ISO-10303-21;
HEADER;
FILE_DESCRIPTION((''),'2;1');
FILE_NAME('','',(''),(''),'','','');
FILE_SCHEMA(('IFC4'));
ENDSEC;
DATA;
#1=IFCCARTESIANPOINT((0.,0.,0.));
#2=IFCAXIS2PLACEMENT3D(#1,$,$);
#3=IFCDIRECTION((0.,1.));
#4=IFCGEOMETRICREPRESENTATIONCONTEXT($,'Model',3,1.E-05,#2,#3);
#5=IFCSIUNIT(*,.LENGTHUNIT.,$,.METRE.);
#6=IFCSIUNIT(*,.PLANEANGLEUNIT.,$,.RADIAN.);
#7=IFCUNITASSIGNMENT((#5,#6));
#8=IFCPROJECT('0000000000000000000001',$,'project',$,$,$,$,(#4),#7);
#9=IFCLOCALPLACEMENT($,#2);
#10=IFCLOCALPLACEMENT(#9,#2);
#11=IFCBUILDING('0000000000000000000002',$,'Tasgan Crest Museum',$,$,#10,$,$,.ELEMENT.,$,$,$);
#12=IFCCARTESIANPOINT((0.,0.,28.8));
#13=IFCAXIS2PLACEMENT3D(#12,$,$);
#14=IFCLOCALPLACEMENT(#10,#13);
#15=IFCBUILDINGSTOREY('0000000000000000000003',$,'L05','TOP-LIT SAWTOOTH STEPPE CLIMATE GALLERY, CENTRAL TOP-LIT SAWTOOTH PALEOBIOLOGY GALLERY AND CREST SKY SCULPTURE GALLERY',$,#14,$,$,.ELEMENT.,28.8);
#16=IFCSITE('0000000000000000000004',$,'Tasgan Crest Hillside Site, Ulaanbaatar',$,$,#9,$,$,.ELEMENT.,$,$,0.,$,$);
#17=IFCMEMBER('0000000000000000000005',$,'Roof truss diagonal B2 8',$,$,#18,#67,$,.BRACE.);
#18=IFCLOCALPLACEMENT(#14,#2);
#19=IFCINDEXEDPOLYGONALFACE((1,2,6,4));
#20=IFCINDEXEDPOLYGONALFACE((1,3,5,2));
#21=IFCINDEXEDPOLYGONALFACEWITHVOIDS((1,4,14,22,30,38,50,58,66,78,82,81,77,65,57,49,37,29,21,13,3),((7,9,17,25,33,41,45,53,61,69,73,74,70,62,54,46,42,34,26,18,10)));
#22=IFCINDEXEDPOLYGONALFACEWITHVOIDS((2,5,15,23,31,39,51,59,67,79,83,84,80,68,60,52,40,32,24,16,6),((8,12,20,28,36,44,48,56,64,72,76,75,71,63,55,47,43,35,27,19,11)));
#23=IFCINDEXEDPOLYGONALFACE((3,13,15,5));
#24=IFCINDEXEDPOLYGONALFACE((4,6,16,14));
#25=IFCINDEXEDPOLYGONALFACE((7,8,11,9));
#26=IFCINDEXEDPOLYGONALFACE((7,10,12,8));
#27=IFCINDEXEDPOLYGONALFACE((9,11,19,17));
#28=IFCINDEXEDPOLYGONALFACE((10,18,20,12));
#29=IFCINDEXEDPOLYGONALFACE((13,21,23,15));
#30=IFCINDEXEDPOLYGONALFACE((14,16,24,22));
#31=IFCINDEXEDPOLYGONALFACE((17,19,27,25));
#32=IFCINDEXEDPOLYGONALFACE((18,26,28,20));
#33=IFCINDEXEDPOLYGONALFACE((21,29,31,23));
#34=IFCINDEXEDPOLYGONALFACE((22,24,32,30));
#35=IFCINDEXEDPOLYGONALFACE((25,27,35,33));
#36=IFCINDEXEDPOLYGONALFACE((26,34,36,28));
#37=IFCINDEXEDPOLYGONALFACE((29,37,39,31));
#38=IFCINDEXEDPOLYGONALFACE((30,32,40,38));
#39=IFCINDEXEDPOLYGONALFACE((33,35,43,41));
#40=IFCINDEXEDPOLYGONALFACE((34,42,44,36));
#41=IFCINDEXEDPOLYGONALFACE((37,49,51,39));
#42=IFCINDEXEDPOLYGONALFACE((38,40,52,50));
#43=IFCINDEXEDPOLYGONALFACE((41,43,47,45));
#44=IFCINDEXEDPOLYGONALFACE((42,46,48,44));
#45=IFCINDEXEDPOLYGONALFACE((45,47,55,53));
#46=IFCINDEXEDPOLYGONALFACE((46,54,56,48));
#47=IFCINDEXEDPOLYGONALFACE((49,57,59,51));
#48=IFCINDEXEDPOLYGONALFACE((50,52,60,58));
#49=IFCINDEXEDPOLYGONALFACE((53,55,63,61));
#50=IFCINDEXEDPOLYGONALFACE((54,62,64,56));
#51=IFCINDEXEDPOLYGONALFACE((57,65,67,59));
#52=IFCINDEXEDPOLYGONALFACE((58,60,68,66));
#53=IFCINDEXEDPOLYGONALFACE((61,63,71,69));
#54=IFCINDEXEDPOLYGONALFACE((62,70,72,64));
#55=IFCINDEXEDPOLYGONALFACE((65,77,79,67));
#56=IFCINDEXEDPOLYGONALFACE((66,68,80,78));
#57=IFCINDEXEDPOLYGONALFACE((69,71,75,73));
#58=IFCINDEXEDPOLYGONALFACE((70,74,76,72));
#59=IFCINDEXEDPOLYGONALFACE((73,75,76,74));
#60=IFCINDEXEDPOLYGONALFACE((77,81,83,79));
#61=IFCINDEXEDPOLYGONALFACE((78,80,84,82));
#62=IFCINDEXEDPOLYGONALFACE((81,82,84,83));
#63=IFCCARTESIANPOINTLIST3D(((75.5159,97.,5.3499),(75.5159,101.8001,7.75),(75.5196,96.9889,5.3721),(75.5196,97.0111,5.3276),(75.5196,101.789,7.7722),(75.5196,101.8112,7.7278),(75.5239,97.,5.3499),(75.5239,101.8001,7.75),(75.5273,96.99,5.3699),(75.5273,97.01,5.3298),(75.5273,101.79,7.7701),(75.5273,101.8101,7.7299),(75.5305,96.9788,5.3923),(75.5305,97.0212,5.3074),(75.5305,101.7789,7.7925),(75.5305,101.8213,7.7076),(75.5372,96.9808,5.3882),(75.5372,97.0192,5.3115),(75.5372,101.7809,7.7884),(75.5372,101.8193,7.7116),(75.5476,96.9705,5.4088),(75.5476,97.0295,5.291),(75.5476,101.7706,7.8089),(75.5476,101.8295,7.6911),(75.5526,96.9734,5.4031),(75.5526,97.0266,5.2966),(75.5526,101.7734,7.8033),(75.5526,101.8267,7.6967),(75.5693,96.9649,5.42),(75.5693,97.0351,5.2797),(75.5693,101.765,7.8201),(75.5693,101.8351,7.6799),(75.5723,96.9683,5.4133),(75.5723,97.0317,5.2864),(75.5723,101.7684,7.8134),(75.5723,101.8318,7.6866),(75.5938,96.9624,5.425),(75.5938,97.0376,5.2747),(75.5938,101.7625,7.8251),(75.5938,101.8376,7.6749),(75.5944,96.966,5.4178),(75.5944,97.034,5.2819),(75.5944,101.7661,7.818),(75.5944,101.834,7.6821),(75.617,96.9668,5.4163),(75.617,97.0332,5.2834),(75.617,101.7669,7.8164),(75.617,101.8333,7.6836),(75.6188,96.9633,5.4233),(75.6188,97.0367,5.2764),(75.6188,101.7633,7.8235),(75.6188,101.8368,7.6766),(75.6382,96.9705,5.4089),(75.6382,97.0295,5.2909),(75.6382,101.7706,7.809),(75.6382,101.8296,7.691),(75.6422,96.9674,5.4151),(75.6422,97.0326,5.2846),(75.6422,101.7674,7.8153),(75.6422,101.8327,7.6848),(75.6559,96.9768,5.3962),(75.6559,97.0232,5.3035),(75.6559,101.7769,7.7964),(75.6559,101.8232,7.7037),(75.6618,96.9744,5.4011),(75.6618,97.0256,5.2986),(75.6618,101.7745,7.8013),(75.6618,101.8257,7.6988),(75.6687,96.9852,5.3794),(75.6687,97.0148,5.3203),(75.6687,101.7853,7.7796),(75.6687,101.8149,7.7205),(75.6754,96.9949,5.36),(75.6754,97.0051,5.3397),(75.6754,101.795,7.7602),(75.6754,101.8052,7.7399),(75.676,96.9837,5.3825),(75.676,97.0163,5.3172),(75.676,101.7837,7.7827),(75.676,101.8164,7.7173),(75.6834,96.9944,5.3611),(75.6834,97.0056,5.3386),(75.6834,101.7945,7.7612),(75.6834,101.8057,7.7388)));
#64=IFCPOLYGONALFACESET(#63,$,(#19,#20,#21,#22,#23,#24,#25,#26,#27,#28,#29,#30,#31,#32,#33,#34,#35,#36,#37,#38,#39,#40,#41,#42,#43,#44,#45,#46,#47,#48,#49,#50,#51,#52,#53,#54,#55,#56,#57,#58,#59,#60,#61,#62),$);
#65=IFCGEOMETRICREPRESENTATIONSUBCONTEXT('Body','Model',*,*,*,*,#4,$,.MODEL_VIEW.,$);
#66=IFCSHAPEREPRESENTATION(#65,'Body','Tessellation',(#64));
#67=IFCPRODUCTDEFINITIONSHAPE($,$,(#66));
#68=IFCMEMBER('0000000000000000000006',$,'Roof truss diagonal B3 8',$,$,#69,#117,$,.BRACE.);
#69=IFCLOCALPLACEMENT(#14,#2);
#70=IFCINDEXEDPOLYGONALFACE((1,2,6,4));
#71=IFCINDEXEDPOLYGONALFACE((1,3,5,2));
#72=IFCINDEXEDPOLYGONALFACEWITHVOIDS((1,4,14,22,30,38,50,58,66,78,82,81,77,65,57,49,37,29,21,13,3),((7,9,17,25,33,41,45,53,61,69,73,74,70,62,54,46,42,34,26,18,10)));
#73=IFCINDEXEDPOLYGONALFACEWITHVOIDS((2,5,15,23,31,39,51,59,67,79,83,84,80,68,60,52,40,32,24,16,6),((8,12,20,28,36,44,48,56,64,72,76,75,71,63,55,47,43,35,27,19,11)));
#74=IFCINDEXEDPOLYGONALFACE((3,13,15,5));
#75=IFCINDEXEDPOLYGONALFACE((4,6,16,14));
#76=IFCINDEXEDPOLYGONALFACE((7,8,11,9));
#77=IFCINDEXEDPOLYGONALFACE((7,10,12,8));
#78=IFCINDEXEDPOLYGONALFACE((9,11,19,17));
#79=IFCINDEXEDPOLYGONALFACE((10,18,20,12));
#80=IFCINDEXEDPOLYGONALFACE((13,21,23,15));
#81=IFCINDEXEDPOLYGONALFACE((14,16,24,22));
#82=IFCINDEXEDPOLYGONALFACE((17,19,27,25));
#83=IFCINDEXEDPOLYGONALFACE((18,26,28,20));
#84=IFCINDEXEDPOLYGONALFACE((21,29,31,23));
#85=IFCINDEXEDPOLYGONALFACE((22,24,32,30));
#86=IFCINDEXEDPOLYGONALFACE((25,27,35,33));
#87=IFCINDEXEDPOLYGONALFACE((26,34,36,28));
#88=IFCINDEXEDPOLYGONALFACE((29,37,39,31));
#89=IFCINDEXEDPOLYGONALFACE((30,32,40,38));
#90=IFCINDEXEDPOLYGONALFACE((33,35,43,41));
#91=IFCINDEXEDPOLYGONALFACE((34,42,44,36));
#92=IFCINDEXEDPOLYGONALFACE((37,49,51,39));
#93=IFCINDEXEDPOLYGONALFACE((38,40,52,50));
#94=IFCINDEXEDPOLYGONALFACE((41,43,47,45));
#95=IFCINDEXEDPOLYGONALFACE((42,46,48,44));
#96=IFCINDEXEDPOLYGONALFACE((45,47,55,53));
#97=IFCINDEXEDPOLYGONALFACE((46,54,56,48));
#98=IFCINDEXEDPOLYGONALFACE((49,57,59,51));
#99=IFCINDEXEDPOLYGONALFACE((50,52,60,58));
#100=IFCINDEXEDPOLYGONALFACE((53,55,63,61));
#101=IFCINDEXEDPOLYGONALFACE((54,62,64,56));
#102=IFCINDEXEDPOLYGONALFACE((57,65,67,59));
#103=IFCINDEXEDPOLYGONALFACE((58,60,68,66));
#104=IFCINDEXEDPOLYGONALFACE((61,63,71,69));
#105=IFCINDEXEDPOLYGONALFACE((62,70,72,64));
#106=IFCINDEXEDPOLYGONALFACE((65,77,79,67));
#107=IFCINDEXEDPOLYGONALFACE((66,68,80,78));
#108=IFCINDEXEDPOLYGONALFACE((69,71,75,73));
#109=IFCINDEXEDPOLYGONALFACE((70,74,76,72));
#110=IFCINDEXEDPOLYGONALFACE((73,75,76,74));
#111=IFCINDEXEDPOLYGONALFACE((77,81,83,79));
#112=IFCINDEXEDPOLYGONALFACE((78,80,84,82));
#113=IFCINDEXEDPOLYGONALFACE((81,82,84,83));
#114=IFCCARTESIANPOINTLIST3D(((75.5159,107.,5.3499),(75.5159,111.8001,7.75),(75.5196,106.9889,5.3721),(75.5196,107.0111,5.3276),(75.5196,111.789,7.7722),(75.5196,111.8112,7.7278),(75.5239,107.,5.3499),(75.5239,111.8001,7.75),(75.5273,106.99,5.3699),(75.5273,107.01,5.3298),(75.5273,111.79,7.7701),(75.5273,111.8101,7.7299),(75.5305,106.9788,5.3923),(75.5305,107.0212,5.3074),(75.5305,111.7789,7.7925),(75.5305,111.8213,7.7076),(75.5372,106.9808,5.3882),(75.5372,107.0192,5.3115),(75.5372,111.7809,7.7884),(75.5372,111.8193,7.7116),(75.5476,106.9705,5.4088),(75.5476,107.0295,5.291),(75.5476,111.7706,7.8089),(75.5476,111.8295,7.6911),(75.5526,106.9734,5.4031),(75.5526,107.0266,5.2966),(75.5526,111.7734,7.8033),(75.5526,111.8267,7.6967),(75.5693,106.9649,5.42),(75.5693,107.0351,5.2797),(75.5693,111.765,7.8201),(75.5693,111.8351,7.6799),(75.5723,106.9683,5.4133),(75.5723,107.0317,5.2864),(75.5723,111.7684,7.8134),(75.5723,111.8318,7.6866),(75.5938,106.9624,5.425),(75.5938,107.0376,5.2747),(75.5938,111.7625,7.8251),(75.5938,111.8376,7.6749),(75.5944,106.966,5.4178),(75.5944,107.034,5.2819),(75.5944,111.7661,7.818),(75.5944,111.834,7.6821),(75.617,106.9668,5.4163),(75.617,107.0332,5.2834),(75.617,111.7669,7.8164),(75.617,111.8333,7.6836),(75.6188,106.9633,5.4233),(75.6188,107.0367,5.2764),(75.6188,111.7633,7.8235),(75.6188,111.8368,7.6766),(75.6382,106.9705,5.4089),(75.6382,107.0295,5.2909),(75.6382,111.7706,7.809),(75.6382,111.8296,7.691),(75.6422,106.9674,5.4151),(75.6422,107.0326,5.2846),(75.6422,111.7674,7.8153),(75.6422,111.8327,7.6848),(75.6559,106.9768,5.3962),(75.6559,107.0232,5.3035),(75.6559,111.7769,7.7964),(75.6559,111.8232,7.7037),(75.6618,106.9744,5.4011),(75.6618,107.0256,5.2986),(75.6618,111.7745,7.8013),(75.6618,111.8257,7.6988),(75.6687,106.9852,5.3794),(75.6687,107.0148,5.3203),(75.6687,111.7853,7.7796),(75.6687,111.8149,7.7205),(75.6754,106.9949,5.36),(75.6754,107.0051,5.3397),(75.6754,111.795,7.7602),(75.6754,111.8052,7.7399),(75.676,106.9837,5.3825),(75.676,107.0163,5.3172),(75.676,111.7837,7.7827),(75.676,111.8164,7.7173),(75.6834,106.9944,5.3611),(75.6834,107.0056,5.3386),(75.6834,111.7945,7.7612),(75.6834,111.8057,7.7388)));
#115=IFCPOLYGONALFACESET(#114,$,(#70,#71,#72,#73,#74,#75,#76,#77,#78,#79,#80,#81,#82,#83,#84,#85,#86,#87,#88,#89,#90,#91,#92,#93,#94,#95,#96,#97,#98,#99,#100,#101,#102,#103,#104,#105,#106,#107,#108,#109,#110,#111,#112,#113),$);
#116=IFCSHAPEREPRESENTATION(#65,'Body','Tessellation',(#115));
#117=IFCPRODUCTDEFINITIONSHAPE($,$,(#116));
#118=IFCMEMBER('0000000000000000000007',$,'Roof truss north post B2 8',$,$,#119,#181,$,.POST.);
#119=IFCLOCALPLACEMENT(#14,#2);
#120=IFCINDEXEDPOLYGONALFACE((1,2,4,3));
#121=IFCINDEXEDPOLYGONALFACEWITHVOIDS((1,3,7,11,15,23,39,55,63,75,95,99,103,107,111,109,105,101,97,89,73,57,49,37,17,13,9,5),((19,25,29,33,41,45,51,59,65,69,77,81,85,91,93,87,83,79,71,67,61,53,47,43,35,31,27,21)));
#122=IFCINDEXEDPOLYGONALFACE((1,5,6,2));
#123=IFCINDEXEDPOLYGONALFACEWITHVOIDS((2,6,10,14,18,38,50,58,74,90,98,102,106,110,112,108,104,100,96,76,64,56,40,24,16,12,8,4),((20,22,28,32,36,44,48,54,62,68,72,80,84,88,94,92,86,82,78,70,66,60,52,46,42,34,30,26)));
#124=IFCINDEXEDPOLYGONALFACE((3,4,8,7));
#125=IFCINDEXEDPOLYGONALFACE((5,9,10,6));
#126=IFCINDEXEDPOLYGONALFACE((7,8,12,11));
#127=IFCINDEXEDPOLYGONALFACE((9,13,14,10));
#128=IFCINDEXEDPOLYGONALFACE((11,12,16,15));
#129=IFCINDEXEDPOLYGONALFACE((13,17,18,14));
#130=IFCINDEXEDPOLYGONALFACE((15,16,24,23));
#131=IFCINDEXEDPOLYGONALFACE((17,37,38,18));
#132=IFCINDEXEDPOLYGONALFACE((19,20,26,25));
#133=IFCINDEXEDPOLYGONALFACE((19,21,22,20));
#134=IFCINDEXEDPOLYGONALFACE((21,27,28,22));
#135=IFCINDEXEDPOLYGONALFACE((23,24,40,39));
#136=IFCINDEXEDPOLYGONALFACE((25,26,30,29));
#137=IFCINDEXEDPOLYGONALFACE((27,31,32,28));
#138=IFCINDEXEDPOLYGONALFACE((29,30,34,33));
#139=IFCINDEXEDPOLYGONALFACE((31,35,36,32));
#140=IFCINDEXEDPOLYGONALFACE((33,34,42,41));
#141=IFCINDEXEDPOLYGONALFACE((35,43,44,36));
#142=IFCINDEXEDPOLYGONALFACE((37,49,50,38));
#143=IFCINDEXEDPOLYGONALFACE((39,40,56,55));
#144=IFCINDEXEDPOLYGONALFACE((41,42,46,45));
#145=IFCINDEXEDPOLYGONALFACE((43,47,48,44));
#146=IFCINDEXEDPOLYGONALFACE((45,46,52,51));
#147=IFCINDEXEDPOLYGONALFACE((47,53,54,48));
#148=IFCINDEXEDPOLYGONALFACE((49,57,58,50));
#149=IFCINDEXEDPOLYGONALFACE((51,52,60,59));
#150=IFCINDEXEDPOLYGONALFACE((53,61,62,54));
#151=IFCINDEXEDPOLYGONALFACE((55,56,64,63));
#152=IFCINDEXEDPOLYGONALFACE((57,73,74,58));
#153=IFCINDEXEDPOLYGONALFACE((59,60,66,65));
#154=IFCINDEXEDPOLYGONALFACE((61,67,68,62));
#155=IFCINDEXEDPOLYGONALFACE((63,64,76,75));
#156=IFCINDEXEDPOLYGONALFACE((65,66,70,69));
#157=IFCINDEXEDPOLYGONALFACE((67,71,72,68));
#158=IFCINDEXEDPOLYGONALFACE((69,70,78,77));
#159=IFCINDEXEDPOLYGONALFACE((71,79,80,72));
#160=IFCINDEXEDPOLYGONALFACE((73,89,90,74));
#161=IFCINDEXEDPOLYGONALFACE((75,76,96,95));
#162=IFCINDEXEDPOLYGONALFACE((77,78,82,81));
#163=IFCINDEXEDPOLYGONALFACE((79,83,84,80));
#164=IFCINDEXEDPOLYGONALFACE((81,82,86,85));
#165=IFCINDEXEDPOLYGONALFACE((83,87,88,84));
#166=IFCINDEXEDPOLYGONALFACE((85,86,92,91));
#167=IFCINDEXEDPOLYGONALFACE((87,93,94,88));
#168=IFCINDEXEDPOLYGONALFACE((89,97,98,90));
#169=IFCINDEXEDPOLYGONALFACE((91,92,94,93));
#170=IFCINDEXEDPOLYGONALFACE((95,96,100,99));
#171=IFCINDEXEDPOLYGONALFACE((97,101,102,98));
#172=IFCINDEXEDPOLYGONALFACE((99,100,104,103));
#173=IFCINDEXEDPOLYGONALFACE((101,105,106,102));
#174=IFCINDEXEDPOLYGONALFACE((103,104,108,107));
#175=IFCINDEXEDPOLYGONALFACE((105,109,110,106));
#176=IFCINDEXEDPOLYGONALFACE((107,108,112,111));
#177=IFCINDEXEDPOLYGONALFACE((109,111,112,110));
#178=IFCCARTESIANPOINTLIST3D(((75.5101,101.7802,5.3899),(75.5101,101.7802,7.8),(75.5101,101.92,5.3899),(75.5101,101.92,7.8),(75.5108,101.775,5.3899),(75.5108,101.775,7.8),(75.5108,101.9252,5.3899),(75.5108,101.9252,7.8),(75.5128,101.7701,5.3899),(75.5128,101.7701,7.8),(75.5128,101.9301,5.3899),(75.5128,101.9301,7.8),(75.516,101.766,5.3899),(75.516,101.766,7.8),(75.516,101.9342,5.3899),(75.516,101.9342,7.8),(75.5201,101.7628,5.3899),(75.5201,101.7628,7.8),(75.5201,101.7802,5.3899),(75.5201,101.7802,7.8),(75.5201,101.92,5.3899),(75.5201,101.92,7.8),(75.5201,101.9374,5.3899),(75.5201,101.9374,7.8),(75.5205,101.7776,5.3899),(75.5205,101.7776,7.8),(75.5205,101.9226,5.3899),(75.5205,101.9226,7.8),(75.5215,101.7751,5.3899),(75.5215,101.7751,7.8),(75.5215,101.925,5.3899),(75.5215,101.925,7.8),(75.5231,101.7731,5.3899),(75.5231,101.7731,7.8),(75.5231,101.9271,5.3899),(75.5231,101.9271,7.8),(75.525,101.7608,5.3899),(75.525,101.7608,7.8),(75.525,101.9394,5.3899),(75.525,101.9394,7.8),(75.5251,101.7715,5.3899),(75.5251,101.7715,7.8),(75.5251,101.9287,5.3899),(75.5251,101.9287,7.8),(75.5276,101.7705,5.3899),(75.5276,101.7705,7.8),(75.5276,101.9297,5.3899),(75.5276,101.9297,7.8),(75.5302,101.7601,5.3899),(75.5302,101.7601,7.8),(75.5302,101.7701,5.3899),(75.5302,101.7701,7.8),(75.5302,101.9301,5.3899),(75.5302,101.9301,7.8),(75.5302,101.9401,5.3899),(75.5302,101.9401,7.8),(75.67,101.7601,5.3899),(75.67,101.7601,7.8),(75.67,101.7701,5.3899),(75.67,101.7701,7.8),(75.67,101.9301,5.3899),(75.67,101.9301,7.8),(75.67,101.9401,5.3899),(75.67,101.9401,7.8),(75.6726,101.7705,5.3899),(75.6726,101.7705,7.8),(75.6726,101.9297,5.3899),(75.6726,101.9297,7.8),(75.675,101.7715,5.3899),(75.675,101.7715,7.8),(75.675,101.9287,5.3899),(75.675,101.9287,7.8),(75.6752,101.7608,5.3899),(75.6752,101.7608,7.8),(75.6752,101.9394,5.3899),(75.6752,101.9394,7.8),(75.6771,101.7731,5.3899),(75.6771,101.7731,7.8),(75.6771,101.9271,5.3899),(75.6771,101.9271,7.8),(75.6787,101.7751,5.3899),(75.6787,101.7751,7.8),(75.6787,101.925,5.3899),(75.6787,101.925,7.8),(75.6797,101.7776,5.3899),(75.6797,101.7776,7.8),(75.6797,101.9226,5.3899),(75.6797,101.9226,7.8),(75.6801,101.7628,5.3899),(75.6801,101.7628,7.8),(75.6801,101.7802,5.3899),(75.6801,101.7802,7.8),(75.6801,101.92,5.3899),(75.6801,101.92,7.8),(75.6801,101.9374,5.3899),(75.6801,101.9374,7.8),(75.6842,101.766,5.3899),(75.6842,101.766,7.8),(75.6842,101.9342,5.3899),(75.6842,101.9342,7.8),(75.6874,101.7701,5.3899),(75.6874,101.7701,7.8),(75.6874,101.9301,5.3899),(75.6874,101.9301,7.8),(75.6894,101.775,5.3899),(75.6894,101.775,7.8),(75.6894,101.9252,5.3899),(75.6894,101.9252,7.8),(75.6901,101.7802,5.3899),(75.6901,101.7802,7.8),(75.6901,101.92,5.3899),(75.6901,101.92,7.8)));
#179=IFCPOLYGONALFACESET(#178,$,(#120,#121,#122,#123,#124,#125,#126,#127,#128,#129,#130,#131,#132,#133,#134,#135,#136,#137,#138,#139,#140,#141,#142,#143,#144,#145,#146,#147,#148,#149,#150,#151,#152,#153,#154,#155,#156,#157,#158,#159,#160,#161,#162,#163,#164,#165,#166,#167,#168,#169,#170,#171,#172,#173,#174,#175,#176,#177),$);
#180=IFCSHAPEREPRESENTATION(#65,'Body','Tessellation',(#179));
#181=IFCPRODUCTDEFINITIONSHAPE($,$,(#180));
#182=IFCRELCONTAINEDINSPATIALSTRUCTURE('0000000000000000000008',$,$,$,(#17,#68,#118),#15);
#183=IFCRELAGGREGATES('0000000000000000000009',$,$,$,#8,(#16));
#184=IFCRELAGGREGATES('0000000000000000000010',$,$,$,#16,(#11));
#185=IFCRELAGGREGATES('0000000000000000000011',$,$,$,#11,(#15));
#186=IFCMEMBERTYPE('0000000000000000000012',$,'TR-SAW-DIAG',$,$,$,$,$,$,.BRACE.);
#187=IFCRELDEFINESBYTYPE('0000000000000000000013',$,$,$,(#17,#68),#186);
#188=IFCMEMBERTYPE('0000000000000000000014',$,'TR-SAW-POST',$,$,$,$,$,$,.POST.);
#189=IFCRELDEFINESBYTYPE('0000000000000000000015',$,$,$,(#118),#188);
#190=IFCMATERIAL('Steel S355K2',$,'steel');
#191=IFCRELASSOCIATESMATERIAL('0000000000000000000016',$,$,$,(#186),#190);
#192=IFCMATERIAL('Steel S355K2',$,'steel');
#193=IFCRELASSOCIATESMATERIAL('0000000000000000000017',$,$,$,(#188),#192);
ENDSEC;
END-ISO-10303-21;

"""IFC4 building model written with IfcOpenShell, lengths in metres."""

from ifc_helpers import new_model, si_unit, direction, frame, origin, origin_2d, place, context, subcontext, project, spatial, hollow_rectangle, hollow_circle, extrude, material, material_profile, profile_set, type_object, element, save


model = new_model("IFC4")

# Units and contexts
model_context = context("Model", 3, precision=1e-05, world=origin(), true_north=direction((0.0, 1.0)))
body_context = subcontext(model_context, "Body", "Model", "MODEL_VIEW")
ifc_project = project(units=[si_unit("LENGTHUNIT", "METRE"), si_unit("PLANEANGLEUNIT", "RADIAN")], contexts=[model_context])

# Site, building, storey
site_placement = place(None, origin())
site = spatial("IfcSite", under=ifc_project, at=site_placement, Name="Tasgan Crest Hillside Site, Ulaanbaatar", CompositionType="ELEMENT", RefElevation=0.0)
building_placement = place(site_placement, origin())
building = spatial("IfcBuilding", under=site, at=building_placement, Name="Tasgan Crest Museum", CompositionType="ELEMENT")
storey_placement = place(building_placement, frame((0.0, 0.0, 28.8)))
storey = spatial("IfcBuildingStorey", under=building, at=storey_placement, Name="L05", Description="TOP-LIT SAWTOOTH STEPPE CLIMATE GALLERY, CENTRAL TOP-LIT SAWTOOTH PALEOBIOLOGY GALLERY AND CREST SKY SCULPTURE GALLERY", CompositionType="ELEMENT", Elevation=28.8)

# Members
ifc_material_1 = material(Name="Steel S355K2", Category="steel")
ifc_material_profile_1 = material_profile(ifc_material_1, hollow_circle(Radius=0.0842, WallThickness=0.0081, at=origin_2d()), Name="CHS 168.3x8")
ifc_profile_set_1 = profile_set([ifc_material_profile_1], Name="Steel S355K2")
member_type_1 = type_object("IfcMemberType", Name="TR-SAW-DIAG", PredefinedType="BRACE", material=ifc_profile_set_1)
for number, where, z_axis, x_axis, name in (
    (1, (75.6001, 97.0, 5.3499), (0.0, 0.894418, 0.447232), (-1.0, 0.0, 0.0), "Roof truss diagonal B2 8"),
    (2, (75.6001, 107.0, 5.3499), (0.0, 0.894418, 0.447232), (-1.0, 0.0, 0.0), "Roof truss diagonal B3 8"),
):
    element("IfcMember", number, at=place(storey_placement, frame(where, z_axis=z_axis, x_axis=x_axis)), inside=storey, type_object=member_type_1, Name=name, PredefinedType="BRACE", context=body_context, shape_type="SweptSolid", body=[
        extrude(hollow_circle(Radius=0.0842, WallThickness=0.0081, at=origin_2d()), origin(), (0.0, 0.0, 1.0), 5.3667),
    ])
ifc_material_2 = material(Name="Steel S355K2", Category="steel")
ifc_material_profile_2 = material_profile(ifc_material_2, hollow_rectangle(XDim=0.1799, YDim=0.1799, WallThickness=0.01, InnerFilletRadius=0.01, OuterFilletRadius=0.02, at=origin_2d()), Name="SHS 180x180x10")
ifc_profile_set_2 = profile_set([ifc_material_profile_2], Name="Steel S355K2")
member_type_2 = type_object("IfcMemberType", Name="TR-SAW-POST", PredefinedType="POST", material=ifc_profile_set_2)
for number, where, z_axis, x_axis, name in (
    (3, (75.6001, 101.8501, 5.3899), (0.0, 0.0, 1.0), (1.0, 0.0, 0.0), "Roof truss north post B2 8"),
):
    element("IfcMember", number, at=place(storey_placement, frame(where, z_axis=z_axis, x_axis=x_axis)), inside=storey, type_object=member_type_2, Name=name, PredefinedType="POST", context=body_context, shape_type="SweptSolid", body=[
        extrude(hollow_rectangle(XDim=0.1799, YDim=0.1799, WallThickness=0.01, InnerFilletRadius=0.01, OuterFilletRadius=0.02, at=origin_2d()), origin(), (0.0, 0.0, 1.0), 2.4102),
    ])

save(model, "model.ifc")
